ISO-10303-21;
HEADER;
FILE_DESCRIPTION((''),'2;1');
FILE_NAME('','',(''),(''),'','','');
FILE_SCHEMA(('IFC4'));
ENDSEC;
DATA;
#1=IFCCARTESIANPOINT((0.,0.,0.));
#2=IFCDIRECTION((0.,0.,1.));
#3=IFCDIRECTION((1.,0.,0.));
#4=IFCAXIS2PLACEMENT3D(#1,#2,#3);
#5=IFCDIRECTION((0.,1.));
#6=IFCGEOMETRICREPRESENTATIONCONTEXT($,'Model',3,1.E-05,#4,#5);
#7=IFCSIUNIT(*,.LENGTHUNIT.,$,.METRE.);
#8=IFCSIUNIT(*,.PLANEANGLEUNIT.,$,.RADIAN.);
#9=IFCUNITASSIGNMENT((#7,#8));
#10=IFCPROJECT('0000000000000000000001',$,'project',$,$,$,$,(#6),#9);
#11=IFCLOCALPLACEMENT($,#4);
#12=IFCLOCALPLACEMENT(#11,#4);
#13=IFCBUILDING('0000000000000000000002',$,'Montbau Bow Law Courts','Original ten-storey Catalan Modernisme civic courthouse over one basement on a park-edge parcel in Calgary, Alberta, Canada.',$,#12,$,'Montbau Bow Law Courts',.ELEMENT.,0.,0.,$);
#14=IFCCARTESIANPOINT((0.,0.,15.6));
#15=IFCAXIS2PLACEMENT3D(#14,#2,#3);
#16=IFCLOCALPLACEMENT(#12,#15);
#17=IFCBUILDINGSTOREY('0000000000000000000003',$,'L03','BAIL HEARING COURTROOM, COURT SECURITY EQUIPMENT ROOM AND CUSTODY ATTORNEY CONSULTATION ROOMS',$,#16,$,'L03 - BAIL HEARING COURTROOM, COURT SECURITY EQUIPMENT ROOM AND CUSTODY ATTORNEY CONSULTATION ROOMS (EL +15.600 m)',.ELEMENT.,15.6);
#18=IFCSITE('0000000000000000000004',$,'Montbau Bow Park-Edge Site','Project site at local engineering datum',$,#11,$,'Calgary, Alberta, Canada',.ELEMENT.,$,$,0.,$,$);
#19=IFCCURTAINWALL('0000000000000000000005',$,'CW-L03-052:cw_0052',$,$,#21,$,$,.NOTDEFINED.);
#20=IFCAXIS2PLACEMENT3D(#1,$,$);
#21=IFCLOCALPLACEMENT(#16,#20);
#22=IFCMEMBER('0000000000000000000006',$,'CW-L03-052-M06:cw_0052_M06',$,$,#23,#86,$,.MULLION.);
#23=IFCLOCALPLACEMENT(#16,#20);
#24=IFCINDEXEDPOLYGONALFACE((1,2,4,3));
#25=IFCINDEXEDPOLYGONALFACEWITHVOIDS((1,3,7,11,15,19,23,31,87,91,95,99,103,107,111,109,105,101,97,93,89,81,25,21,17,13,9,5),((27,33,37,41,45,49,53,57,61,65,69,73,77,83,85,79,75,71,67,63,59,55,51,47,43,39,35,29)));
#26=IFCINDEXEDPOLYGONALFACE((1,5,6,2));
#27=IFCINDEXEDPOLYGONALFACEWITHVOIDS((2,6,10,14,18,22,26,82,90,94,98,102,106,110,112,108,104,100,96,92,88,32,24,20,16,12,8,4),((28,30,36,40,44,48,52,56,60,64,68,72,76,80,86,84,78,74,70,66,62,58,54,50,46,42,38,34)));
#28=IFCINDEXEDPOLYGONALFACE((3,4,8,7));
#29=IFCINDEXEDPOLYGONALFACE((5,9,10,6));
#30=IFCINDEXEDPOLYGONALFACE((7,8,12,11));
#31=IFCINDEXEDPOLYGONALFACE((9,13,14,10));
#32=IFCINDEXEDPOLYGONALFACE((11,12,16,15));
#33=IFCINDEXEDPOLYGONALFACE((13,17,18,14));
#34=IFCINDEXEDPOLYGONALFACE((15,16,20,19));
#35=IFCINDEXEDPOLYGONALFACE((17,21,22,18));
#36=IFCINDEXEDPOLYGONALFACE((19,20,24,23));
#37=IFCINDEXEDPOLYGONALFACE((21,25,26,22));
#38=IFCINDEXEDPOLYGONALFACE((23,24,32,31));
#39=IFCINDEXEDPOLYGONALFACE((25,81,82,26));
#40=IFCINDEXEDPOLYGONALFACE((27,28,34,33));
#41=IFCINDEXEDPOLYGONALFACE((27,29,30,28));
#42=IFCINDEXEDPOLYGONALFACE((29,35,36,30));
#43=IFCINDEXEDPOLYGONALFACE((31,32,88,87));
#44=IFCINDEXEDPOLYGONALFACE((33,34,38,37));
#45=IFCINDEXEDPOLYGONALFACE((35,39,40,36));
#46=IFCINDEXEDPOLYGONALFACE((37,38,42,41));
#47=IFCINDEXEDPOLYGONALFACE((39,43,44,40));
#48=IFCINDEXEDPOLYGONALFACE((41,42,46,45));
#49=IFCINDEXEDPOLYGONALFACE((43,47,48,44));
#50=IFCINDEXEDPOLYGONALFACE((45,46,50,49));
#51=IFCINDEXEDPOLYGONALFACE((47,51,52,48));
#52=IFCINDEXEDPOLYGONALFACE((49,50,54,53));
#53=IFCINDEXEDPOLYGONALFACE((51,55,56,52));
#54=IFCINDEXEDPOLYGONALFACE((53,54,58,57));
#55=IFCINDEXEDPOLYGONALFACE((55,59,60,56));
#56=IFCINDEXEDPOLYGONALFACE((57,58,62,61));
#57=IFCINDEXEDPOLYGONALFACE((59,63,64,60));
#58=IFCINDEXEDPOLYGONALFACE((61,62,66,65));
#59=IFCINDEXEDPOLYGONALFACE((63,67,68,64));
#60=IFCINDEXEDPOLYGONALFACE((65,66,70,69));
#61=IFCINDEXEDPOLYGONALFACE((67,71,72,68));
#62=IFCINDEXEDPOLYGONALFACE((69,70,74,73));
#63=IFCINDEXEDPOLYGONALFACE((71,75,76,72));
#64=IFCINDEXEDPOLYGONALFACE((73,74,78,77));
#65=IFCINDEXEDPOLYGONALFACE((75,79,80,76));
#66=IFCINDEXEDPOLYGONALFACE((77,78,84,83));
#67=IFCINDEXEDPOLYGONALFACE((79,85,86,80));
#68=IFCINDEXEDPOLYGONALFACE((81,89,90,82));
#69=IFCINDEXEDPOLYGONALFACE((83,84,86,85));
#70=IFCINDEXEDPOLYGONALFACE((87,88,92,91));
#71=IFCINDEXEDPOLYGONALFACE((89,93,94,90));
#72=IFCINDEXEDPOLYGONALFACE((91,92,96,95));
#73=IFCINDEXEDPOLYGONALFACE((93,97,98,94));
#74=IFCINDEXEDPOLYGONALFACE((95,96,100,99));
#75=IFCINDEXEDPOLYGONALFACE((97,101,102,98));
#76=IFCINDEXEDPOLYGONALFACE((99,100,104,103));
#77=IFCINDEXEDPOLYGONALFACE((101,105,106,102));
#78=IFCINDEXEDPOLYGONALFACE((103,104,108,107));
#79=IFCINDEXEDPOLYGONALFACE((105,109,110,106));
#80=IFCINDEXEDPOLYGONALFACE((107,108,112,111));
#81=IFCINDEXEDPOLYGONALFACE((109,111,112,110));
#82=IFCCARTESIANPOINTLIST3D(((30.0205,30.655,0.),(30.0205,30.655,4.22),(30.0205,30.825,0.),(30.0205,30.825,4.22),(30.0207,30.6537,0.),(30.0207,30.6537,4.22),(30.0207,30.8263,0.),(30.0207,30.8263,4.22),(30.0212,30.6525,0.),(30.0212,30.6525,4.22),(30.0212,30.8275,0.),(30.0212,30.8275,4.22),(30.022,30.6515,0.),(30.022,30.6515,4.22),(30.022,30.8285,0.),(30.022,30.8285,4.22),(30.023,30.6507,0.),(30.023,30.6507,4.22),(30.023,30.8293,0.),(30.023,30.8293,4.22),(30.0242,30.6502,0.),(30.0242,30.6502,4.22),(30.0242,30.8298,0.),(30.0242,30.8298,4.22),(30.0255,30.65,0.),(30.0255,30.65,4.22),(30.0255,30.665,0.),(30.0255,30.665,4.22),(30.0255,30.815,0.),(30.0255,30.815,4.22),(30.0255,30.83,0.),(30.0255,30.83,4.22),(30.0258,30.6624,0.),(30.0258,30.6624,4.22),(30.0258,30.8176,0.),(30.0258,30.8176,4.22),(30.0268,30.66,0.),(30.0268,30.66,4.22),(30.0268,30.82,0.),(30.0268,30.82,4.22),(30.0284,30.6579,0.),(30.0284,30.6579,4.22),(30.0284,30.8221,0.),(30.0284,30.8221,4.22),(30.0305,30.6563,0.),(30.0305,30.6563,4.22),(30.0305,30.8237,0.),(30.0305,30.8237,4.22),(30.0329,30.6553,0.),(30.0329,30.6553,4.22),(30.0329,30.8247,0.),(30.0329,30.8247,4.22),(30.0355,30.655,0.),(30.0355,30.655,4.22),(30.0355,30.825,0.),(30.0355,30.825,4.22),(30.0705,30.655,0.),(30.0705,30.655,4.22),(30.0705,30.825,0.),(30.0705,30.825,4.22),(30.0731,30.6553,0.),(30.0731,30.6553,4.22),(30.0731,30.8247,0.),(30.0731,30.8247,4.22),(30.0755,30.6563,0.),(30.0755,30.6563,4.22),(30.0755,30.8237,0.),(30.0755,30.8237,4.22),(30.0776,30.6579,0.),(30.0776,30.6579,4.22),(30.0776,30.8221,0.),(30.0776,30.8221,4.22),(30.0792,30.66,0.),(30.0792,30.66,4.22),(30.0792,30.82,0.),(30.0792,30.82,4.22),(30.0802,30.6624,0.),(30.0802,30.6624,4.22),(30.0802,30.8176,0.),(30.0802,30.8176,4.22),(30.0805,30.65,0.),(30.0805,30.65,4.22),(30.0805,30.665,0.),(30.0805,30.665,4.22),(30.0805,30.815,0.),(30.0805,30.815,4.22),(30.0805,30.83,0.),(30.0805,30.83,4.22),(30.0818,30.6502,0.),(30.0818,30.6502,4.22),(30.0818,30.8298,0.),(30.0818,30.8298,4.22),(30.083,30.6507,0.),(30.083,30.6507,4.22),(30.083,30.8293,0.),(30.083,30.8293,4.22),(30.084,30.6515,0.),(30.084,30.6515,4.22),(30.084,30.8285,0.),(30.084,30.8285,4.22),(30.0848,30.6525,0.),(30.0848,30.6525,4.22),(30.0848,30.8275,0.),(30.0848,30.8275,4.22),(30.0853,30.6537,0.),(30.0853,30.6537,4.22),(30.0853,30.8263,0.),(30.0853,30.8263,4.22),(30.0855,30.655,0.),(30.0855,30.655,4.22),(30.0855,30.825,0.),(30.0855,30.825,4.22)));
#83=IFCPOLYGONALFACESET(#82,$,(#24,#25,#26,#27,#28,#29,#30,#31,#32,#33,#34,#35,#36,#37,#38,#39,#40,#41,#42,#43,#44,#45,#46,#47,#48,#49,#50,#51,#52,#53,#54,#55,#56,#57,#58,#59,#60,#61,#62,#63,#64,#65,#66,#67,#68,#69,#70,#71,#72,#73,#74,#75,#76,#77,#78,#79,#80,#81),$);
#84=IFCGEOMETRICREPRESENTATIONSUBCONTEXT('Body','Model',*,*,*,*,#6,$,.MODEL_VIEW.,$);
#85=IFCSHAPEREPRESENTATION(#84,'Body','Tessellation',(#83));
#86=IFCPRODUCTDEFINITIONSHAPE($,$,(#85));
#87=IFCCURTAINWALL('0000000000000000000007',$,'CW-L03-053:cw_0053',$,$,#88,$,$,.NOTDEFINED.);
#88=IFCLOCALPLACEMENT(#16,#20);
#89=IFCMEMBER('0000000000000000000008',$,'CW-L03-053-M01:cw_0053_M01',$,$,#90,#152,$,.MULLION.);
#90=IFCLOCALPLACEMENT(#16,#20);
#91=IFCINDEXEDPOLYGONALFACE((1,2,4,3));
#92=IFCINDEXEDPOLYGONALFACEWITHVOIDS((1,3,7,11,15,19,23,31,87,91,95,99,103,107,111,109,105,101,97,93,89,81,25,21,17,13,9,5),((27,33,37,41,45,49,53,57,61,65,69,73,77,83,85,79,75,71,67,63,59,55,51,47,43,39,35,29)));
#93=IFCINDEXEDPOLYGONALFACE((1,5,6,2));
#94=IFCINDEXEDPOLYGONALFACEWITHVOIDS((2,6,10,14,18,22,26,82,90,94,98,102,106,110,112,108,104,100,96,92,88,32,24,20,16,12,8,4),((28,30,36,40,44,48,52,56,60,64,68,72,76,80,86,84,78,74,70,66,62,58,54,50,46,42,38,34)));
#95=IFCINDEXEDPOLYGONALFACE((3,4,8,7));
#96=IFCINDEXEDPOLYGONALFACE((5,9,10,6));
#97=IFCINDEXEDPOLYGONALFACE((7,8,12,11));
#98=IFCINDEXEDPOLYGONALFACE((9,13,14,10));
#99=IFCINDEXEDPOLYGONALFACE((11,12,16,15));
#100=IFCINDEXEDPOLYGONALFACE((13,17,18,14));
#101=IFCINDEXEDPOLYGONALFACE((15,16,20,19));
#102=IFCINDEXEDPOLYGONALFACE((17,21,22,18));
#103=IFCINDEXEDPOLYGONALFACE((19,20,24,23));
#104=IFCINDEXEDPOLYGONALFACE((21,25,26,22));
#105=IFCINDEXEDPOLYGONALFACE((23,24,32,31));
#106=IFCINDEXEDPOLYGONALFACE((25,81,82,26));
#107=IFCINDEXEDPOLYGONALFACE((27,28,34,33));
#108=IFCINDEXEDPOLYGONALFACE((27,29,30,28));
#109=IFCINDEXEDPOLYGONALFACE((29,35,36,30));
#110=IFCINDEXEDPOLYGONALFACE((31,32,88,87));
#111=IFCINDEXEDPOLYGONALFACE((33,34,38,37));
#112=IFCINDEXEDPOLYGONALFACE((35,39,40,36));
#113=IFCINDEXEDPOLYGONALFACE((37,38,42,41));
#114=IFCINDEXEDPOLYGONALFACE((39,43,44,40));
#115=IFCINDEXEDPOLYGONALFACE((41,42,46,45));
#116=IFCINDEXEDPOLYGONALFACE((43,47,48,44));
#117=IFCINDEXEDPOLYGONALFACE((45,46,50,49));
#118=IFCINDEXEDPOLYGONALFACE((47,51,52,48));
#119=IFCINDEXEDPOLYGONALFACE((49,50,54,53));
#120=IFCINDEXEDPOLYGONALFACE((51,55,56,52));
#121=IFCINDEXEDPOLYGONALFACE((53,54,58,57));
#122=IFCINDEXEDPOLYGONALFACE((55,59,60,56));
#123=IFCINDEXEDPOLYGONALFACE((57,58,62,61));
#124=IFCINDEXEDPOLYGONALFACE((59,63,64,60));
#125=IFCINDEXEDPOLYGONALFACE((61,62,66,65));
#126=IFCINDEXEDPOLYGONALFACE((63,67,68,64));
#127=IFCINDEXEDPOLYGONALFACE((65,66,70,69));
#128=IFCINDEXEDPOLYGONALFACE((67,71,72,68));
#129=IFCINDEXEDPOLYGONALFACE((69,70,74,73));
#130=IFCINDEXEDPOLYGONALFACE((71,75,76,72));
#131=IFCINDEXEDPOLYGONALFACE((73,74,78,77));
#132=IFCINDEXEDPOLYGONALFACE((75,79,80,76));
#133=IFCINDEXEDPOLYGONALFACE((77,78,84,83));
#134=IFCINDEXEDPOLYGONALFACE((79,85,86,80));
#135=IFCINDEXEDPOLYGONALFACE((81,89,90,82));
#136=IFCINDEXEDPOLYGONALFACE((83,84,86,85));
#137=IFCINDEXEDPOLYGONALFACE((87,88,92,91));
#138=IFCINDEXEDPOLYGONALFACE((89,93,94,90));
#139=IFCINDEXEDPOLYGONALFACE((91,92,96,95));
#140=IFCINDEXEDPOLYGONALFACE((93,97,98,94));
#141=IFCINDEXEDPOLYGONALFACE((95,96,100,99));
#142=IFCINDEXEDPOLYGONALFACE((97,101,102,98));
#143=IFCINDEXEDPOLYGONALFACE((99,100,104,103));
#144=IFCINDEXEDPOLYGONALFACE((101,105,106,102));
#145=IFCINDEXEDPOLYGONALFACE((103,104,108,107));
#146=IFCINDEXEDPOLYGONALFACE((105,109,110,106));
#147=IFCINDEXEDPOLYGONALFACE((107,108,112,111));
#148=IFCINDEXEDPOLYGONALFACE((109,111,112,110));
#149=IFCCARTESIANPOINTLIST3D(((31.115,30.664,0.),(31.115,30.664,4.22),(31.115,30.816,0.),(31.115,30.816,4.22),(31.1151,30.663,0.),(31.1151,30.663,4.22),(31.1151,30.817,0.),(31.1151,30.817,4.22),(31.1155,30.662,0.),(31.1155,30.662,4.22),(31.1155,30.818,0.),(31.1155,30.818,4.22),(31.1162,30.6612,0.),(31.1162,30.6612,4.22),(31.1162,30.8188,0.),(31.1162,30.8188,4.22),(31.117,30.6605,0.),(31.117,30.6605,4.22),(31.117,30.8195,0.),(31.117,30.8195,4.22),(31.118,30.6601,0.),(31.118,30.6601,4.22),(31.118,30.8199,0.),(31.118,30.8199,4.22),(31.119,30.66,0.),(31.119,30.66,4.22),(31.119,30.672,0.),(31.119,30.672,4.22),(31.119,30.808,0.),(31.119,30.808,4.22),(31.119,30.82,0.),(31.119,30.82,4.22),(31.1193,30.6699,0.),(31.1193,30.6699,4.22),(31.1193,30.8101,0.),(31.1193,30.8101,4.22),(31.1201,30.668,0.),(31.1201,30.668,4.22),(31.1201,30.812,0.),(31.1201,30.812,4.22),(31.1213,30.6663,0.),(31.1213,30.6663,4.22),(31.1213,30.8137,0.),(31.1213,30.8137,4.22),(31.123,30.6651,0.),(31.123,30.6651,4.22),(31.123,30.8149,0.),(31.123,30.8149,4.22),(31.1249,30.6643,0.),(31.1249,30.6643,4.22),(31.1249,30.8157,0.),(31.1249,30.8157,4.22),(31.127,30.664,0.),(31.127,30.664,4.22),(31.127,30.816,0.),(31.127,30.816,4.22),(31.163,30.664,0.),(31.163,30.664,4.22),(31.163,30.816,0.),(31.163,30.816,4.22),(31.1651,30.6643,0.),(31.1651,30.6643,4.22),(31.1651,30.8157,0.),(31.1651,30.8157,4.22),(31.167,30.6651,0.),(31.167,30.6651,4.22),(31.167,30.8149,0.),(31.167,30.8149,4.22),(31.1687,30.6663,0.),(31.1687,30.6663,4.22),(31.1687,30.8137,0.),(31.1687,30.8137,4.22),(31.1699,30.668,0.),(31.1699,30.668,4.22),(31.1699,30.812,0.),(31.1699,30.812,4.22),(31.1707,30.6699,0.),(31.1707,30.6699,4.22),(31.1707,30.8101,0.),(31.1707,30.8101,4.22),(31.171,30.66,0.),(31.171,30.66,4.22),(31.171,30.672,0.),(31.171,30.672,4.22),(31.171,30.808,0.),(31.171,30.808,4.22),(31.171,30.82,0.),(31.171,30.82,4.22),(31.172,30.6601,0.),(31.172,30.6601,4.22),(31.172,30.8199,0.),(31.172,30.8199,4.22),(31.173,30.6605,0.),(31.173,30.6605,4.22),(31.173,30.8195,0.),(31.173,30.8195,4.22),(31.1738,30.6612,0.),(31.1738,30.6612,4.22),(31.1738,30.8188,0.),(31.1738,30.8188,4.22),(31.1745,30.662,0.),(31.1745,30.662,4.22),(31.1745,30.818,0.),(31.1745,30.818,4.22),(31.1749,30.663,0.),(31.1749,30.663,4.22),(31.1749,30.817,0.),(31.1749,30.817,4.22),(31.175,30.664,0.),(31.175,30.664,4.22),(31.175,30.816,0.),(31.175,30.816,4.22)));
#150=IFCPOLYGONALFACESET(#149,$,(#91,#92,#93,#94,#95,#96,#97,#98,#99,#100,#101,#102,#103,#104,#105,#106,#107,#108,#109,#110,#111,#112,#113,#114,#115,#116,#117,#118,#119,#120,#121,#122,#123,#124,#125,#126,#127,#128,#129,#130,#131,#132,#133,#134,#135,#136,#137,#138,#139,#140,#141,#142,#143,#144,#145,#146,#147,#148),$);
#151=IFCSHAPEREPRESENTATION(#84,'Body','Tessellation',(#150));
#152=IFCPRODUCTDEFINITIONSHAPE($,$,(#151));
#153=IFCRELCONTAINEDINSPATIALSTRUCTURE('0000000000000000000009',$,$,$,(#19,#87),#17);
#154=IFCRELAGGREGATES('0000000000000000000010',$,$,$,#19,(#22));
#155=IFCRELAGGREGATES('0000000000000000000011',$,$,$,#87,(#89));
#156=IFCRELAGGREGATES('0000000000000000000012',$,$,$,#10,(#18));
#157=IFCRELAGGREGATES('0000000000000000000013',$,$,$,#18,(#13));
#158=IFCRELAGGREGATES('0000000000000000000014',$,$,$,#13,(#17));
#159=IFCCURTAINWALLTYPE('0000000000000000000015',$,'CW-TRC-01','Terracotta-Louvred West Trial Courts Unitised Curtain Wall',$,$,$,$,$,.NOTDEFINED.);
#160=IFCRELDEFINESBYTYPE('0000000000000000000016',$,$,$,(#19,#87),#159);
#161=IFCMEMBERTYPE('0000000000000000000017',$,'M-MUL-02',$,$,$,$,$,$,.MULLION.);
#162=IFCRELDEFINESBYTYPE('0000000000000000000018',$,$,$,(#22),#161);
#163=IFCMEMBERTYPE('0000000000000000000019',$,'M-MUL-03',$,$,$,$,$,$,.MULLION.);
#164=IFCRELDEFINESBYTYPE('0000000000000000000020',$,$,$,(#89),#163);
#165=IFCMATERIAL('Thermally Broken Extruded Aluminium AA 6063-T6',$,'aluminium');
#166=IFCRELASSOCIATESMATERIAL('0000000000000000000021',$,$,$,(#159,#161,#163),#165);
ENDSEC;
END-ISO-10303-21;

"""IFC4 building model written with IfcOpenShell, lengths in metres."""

from ifc_helpers import new_model, si_unit, direction, frame, origin_with_axes, origin_2d_with_axis, place, context, subcontext, project, spatial, hollow_rectangle, extrude, material, material_profile, profile_set, type_object, element, aggregate, save


model = new_model("IFC4")

# Units and contexts
model_context = context("Model", 3, precision=1e-05, world=origin_with_axes(), true_north=direction((0.0, 1.0)))
body_context = subcontext(model_context, "Body", "Model", "MODEL_VIEW")
ifc_project = project(units=[si_unit("LENGTHUNIT", "METRE"), si_unit("PLANEANGLEUNIT", "RADIAN")], contexts=[model_context])

# Site, building, storey
site_placement = place(None, origin_with_axes())
site = spatial("IfcSite", under=ifc_project, at=site_placement, Name="Montbau Bow Park-Edge Site", Description="Project site at local engineering datum", LongName="Calgary, Alberta, Canada", CompositionType="ELEMENT", RefElevation=0.0)
building_placement = place(site_placement, origin_with_axes())
building = spatial("IfcBuilding", under=site, at=building_placement, Name="Montbau Bow Law Courts", Description="Original ten-storey Catalan Modernisme civic courthouse over one basement on a park-edge parcel in Calgary, Alberta, Canada.", LongName="Montbau Bow Law Courts", CompositionType="ELEMENT", ElevationOfRefHeight=0.0, ElevationOfTerrain=0.0)
storey_placement = place(building_placement, frame((0.0, 0.0, 15.6), z_axis=(0.0, 0.0, 1.0), x_axis=(1.0, 0.0, 0.0)))
storey = spatial("IfcBuildingStorey", under=building, at=storey_placement, Name="L03", Description="BAIL HEARING COURTROOM, COURT SECURITY EQUIPMENT ROOM AND CUSTODY ATTORNEY CONSULTATION ROOMS", LongName="L03 - BAIL HEARING COURTROOM, COURT SECURITY EQUIPMENT ROOM AND CUSTODY ATTORNEY CONSULTATION ROOMS (EL +15.600 m)", CompositionType="ELEMENT", Elevation=15.6)

# Curtain wall, member
ifc_material_1 = material(Name="Thermally Broken Extruded Aluminium AA 6063-T6", Category="aluminium")
curtain_wall_type = type_object("IfcCurtainWallType", Name="CW-TRC-01", Description="Terracotta-Louvred West Trial Courts Unitised Curtain Wall", PredefinedType="NOTDEFINED", material=ifc_material_1)
curtain_wall_1_placement = place(None, frame((22.715, 30.74, 15.6), z_axis=(0.0, 0.0, 1.0), x_axis=(1.0, 0.0, 0.0)))
curtain_wall_1 = element("IfcCurtainWall", 1, at=curtain_wall_1_placement, inside=storey, type_object=curtain_wall_type, Name="CW-L03-052:cw_0052", PredefinedType="NOTDEFINED")
ifc_material_profile_1 = material_profile(ifc_material_1, hollow_rectangle(XDim=0.065, YDim=0.18, WallThickness=0.005, InnerFilletRadius=0.01, OuterFilletRadius=0.005, at=origin_2d_with_axis()), Name="CWM-180X65", Category="Main", Priority=0)
ifc_profile_set_1 = profile_set([ifc_material_profile_1], Name="Thermally Broken Extruded Aluminium AA 6063-T6")
member_type_1 = type_object("IfcMemberType", Name="M-MUL-02", PredefinedType="MULLION", material=ifc_profile_set_1)
member_1_placement = place(None, frame((30.053, 30.74, 15.6), z_axis=(0.0, 0.0, 1.0), x_axis=(1.0, 0.0, 0.0)))
member_1 = element("IfcMember", 2, at=member_1_placement, type_object=member_type_1, Name="CW-L03-052-M06:cw_0052_M06", PredefinedType="MULLION", context=body_context, shape_type="SweptSolid", body=[
    extrude(hollow_rectangle(XDim=0.065, YDim=0.18, WallThickness=0.005, InnerFilletRadius=0.01, OuterFilletRadius=0.005, at=origin_2d_with_axis()), origin_with_axes(), (0.0, 0.0, 1.0), 4.22),
])
aggregate(curtain_wall_1, [member_1])

# Curtain wall, member
curtain_wall_2_placement = place(None, frame((31.115, 30.74, 15.6), z_axis=(0.0, 0.0, 1.0), x_axis=(1.0, 0.0, 0.0)))
curtain_wall_2 = element("IfcCurtainWall", 3, at=curtain_wall_2_placement, inside=storey, type_object=curtain_wall_type, Name="CW-L03-053:cw_0053", PredefinedType="NOTDEFINED")
ifc_material_profile_2 = material_profile(ifc_material_1, hollow_rectangle(XDim=0.06, YDim=0.16, WallThickness=0.004, InnerFilletRadius=0.008, OuterFilletRadius=0.004, at=origin_2d_with_axis()), Name="CWM-160X60", Category="Main", Priority=0)
ifc_profile_set_2 = profile_set([ifc_material_profile_2], Name="Thermally Broken Extruded Aluminium AA 6063-T6")
member_type_2 = type_object("IfcMemberType", Name="M-MUL-03", PredefinedType="MULLION", material=ifc_profile_set_2)
member_2_placement = place(None, frame((31.145, 30.74, 15.6), z_axis=(0.0, 0.0, 1.0), x_axis=(1.0, 0.0, 0.0)))
member_2 = element("IfcMember", 4, at=member_2_placement, type_object=member_type_2, Name="CW-L03-053-M01:cw_0053_M01", PredefinedType="MULLION", context=body_context, shape_type="SweptSolid", body=[
    extrude(hollow_rectangle(XDim=0.06, YDim=0.16, WallThickness=0.004, InnerFilletRadius=0.008, OuterFilletRadius=0.004, at=origin_2d_with_axis()), origin_with_axes(), (0.0, 0.0, 1.0), 4.22),
])
aggregate(curtain_wall_2, [member_2])

save(model, "model.ifc")
